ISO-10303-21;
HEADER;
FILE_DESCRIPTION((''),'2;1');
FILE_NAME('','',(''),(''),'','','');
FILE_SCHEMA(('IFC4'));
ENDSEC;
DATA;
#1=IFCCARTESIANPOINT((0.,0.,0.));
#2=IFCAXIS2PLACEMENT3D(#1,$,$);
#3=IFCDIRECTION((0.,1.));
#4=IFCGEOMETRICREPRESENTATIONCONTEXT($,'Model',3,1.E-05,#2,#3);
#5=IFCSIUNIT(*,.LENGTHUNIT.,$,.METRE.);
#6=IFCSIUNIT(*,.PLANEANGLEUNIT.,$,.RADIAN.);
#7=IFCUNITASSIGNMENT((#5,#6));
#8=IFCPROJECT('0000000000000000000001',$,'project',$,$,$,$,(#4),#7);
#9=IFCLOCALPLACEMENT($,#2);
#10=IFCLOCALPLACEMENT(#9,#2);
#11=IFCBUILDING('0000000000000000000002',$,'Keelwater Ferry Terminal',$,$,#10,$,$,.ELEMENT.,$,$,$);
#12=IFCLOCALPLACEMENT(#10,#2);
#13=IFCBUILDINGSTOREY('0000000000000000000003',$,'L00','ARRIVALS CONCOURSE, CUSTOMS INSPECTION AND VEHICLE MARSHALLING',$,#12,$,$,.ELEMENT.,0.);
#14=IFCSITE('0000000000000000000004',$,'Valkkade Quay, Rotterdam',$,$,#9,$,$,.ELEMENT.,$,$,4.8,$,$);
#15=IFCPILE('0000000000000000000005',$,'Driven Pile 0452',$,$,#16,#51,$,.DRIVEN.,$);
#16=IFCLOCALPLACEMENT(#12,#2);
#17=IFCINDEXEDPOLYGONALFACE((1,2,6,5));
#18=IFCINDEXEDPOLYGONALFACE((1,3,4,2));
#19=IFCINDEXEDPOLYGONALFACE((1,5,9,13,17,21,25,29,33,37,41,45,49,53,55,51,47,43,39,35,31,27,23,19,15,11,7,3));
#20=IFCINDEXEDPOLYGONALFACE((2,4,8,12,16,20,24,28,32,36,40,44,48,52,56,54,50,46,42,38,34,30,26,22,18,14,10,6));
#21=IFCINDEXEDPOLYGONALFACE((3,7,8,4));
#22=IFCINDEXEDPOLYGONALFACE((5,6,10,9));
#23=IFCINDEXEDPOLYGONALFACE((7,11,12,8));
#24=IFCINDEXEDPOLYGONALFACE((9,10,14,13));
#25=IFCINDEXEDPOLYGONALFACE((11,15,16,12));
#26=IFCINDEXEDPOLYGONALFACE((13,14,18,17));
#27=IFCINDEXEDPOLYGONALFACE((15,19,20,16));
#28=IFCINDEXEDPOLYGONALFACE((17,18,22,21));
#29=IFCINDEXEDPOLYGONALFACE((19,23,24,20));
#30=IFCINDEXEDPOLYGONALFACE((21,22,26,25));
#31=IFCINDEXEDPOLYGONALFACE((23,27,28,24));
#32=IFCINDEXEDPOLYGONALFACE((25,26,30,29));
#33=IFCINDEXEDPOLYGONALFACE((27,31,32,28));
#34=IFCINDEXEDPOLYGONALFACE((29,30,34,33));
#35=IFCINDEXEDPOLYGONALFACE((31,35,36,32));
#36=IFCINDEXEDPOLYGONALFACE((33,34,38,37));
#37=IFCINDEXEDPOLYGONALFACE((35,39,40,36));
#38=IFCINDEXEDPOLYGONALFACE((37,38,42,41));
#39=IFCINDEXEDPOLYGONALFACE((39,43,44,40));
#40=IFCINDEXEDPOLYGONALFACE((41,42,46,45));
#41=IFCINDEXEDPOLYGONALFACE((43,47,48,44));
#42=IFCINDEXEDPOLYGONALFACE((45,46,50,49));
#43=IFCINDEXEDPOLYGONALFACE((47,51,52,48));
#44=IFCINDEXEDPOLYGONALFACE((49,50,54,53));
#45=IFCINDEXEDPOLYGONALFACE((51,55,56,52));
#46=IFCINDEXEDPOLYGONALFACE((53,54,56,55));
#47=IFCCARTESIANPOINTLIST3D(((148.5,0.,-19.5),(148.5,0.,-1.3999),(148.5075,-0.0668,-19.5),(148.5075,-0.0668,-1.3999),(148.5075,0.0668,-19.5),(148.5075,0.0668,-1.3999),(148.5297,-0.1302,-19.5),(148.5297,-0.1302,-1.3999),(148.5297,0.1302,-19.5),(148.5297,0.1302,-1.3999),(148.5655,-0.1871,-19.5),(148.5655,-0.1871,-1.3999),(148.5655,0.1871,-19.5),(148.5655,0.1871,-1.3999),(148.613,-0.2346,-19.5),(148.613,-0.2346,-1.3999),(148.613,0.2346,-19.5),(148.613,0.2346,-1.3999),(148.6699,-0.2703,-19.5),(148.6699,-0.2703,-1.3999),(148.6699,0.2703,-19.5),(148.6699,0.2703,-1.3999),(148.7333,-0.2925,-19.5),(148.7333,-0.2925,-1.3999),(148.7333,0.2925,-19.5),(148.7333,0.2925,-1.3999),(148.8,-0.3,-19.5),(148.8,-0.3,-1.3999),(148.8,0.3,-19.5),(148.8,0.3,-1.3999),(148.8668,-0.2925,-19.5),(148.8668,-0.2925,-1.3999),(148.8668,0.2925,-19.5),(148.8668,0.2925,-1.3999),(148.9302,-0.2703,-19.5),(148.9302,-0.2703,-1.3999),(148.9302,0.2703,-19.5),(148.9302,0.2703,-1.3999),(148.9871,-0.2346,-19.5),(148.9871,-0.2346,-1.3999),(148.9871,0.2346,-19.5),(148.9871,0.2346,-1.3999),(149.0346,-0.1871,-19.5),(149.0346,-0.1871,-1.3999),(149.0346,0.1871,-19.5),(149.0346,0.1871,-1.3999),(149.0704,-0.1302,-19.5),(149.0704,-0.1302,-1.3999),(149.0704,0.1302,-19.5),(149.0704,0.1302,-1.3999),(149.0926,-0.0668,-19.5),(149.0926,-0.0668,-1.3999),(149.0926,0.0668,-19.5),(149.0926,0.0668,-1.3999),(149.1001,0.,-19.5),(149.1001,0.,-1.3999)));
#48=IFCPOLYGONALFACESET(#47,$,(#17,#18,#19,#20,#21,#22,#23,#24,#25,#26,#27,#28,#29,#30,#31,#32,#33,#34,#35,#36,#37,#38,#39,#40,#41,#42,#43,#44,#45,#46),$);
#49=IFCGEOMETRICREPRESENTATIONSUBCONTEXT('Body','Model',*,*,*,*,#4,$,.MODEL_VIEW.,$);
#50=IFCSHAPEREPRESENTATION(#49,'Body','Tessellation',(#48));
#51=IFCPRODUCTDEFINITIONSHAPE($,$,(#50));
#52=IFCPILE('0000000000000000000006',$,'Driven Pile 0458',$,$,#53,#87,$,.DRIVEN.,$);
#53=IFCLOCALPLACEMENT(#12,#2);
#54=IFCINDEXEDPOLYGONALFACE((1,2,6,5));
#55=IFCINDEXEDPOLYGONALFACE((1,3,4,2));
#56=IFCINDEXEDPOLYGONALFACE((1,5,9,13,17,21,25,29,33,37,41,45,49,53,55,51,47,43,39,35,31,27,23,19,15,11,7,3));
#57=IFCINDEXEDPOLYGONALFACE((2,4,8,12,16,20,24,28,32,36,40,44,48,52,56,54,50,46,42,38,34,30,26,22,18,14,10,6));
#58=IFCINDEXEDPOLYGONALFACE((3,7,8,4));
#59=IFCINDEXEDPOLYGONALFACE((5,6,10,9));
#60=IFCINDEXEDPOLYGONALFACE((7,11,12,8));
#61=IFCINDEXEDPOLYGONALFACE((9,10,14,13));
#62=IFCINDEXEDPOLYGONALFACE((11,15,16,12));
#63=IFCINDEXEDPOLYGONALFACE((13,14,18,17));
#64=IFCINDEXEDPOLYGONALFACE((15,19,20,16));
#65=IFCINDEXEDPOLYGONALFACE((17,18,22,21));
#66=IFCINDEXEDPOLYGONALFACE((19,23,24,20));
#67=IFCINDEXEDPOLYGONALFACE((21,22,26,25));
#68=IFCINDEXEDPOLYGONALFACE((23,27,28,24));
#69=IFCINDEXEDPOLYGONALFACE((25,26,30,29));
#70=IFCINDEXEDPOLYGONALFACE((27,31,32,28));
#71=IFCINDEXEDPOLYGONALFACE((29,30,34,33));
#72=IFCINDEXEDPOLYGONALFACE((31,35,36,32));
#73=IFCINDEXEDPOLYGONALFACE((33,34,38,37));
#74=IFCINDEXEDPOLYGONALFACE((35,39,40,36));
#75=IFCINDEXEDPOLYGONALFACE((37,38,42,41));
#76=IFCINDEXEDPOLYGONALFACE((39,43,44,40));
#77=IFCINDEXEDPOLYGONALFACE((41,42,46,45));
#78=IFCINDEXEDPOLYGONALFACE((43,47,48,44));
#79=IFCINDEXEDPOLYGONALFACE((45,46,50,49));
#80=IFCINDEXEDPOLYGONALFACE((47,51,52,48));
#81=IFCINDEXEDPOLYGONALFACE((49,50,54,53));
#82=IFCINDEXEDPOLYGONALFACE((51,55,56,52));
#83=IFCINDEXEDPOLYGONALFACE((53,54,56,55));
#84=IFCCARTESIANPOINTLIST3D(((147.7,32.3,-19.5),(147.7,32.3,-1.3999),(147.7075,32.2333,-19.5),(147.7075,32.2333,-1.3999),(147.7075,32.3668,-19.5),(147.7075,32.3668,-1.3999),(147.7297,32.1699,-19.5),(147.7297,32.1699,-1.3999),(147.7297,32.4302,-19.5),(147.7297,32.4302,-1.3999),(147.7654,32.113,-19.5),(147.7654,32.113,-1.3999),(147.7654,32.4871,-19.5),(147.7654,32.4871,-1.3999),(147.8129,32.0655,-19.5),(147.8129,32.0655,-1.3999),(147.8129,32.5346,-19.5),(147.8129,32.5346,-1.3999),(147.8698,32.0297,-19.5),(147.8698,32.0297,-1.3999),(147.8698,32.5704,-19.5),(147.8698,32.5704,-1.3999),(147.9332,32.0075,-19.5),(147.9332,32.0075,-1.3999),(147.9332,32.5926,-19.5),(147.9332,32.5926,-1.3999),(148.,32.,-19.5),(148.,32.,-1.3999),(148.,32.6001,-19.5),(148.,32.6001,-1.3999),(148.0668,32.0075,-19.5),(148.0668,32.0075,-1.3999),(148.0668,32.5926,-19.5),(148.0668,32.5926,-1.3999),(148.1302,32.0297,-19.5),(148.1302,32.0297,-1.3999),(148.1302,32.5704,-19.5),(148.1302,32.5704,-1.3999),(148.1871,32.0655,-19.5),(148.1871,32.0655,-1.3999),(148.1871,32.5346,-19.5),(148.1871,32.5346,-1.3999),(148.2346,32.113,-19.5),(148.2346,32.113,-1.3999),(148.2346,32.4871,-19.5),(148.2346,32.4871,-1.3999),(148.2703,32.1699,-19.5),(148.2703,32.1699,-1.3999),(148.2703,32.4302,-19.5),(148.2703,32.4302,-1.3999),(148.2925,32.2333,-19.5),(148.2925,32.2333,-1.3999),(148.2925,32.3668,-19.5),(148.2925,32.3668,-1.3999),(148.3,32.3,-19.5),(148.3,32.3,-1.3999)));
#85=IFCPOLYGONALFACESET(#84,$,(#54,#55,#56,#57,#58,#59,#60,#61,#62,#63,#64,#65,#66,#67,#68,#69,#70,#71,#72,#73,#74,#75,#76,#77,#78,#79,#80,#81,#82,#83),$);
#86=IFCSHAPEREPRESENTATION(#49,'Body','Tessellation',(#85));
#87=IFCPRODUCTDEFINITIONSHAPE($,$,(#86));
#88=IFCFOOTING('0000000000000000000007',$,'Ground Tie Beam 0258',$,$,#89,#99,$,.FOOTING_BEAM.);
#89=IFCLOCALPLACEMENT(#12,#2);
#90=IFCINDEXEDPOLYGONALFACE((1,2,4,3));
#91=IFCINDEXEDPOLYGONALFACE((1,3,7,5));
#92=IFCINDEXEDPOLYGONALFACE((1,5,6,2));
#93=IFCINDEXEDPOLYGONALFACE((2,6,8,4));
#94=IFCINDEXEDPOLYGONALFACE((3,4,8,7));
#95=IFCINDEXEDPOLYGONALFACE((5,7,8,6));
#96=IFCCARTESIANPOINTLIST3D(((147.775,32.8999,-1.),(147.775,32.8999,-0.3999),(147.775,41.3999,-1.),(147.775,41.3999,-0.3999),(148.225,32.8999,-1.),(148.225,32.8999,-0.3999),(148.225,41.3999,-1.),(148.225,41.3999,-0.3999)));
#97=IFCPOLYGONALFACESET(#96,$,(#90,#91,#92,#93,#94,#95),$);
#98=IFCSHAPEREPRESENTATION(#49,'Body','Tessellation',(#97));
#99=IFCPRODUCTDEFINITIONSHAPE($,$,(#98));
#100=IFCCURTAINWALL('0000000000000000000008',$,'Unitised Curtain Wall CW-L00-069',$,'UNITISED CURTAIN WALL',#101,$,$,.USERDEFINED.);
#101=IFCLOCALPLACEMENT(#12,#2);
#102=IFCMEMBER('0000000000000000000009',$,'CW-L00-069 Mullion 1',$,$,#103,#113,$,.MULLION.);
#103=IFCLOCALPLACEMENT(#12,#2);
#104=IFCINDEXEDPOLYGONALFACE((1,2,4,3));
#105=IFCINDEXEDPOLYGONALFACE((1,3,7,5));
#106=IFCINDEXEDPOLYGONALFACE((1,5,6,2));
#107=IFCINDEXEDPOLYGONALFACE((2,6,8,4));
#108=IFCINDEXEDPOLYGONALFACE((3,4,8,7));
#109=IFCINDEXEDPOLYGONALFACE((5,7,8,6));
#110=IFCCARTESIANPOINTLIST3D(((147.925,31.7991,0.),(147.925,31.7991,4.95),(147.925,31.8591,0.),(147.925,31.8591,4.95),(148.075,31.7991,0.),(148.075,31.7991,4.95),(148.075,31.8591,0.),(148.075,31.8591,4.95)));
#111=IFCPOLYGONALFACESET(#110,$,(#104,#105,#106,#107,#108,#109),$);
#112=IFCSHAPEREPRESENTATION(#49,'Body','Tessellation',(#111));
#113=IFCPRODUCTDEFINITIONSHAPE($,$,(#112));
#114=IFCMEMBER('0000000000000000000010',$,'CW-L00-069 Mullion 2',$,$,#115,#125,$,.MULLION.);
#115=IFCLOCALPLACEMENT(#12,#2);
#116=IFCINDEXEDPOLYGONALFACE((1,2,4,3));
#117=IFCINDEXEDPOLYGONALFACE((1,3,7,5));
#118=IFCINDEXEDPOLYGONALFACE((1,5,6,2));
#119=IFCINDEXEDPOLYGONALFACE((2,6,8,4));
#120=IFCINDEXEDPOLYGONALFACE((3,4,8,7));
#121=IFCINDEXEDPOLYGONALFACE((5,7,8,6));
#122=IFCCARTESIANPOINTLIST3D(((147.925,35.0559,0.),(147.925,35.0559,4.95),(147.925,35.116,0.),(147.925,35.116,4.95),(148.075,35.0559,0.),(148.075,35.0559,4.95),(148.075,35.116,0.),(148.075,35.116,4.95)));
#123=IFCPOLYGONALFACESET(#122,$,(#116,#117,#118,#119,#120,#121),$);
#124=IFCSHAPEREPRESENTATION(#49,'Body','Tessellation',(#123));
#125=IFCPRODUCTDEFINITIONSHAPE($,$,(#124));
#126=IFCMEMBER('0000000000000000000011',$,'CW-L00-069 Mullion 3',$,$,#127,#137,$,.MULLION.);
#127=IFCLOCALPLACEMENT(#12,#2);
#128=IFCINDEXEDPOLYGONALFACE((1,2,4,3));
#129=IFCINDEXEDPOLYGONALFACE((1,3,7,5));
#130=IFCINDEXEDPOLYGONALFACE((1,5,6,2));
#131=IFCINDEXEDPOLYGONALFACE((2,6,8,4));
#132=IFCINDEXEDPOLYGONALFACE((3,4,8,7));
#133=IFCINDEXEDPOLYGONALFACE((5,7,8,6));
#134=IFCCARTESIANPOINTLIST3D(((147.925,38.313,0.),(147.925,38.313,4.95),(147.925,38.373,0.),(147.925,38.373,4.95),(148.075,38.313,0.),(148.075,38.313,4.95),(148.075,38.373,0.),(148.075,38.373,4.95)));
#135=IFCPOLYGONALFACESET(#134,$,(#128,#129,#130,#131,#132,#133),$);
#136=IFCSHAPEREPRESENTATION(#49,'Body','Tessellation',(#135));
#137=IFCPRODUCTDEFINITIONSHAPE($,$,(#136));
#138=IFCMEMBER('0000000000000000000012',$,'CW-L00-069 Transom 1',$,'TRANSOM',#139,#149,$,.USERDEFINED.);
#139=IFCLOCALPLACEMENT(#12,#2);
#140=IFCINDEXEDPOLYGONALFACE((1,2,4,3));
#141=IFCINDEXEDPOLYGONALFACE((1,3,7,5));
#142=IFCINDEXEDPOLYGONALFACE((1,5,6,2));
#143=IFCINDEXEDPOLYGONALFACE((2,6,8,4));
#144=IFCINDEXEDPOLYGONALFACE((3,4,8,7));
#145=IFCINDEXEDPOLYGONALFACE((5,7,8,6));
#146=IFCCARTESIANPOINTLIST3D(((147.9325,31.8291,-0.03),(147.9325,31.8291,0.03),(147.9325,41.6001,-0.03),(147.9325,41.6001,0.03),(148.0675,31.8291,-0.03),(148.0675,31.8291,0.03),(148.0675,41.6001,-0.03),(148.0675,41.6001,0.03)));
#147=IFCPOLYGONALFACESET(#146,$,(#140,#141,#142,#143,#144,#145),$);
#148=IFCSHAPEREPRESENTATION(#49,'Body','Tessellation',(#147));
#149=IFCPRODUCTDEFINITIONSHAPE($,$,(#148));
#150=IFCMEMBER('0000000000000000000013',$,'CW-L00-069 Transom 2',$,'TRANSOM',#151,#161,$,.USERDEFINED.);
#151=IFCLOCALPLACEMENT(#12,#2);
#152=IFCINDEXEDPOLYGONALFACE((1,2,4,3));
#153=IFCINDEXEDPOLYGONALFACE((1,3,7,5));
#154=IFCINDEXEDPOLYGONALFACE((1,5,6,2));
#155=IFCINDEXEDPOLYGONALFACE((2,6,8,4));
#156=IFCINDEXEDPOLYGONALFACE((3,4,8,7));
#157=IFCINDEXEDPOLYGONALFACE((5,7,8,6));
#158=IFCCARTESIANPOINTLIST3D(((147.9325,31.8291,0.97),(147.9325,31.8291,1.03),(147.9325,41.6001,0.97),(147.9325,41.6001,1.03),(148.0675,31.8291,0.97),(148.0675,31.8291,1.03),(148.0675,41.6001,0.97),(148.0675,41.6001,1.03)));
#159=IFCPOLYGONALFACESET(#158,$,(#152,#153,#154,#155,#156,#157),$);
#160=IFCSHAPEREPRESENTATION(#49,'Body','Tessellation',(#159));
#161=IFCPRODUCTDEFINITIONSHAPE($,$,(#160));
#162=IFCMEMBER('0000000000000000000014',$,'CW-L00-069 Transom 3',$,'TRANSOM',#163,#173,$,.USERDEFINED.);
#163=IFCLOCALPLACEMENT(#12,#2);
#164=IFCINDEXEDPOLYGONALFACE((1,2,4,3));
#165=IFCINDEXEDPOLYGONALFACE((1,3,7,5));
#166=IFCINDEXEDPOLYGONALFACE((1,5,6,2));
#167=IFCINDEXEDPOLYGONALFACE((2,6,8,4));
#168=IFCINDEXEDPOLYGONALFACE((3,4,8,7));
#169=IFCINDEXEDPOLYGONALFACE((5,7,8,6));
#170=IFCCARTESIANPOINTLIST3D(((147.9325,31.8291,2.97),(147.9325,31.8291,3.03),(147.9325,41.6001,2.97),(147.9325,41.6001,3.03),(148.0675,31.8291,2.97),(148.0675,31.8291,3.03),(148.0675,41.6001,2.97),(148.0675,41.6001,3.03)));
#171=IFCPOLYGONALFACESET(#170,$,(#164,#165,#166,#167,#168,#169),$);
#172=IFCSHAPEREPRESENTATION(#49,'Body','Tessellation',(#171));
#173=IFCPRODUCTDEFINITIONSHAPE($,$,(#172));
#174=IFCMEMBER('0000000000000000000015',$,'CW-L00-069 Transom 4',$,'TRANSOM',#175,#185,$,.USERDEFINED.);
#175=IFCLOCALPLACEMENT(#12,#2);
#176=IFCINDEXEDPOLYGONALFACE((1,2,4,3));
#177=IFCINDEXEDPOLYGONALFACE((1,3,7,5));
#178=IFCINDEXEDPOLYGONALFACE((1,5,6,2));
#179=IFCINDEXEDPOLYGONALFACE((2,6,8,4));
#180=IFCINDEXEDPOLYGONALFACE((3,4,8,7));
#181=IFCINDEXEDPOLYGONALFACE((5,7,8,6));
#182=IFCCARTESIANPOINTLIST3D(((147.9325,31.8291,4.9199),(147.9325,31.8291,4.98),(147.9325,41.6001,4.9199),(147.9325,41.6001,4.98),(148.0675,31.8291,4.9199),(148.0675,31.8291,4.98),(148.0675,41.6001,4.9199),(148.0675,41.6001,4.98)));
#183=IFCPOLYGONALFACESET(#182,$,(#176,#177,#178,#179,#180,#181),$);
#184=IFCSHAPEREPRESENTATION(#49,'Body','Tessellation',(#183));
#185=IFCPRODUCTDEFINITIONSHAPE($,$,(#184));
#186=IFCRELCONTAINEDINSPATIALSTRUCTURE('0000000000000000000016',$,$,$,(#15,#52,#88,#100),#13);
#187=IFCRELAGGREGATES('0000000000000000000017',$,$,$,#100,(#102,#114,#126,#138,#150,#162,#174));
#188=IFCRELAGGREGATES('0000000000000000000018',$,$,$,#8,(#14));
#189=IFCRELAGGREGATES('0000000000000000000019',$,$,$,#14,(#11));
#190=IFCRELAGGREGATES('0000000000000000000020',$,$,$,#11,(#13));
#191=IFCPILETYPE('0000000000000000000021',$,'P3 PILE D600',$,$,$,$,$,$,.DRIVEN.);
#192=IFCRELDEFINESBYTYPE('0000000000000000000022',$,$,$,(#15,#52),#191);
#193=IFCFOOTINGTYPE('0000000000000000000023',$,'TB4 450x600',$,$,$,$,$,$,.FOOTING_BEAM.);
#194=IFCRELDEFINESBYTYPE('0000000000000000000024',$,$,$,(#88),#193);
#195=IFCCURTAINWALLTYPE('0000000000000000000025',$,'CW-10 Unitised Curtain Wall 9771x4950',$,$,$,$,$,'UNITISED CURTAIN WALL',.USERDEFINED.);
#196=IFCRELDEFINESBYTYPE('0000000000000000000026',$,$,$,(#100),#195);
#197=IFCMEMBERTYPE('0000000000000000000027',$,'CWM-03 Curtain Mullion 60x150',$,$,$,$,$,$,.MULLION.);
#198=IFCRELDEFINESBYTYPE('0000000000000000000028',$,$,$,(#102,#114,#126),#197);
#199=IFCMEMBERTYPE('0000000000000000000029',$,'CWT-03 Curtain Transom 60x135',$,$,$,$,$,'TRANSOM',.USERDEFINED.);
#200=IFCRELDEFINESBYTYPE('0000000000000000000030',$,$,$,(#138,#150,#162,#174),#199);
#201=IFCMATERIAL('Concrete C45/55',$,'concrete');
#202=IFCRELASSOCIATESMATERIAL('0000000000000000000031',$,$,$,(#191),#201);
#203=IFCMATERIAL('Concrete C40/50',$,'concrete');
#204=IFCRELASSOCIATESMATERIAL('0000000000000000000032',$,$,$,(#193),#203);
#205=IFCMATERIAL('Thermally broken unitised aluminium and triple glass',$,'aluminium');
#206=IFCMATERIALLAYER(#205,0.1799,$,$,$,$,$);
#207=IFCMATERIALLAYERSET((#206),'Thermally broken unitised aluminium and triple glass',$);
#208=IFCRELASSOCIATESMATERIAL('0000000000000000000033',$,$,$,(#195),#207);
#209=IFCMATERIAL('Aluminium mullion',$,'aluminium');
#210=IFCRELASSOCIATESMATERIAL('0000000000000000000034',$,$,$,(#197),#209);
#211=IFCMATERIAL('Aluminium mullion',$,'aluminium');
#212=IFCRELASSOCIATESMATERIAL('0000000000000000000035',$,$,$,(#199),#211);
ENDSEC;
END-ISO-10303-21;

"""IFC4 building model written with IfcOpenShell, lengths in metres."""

from ifc_helpers import new_model, si_unit, direction, frame, origin, origin_2d, place, context, subcontext, project, spatial, rectangle, circle, extrude, material, layer, layer_set, material_profile, profile_set, type_object, element, aggregate, save


model = new_model("IFC4")

# Units and contexts
model_context = context("Model", 3, precision=1e-05, world=origin(), true_north=direction((0.0, 1.0)))
body_context = subcontext(model_context, "Body", "Model", "MODEL_VIEW")
ifc_project = project(units=[si_unit("LENGTHUNIT", "METRE"), si_unit("PLANEANGLEUNIT", "RADIAN")], contexts=[model_context])

# Site, building, storey
site_placement = place(None, origin())
site = spatial("IfcSite", under=ifc_project, at=site_placement, Name="Valkkade Quay, Rotterdam", CompositionType="ELEMENT", RefElevation=4.8)
building_placement = place(site_placement, origin())
building = spatial("IfcBuilding", under=site, at=building_placement, Name="Keelwater Ferry Terminal", CompositionType="ELEMENT")
storey_placement = place(building_placement, origin())
storey = spatial("IfcBuildingStorey", under=building, at=storey_placement, Name="L00", Description="ARRIVALS CONCOURSE, CUSTOMS INSPECTION AND VEHICLE MARSHALLING", CompositionType="ELEMENT", Elevation=0.0)

# Piles
ifc_material_1 = material(Name="Concrete C45/55", Category="concrete")
ifc_material_profile_1 = material_profile(ifc_material_1, circle(Radius=0.3, at=origin_2d()), Name="PILE D600")
ifc_profile_set_1 = profile_set([ifc_material_profile_1], Name="Concrete C45/55")
pile_type = type_object("IfcPileType", Name="P3 PILE D600", PredefinedType="DRIVEN", material=ifc_profile_set_1)
for number, where, z_axis, x_axis, name in (
    (1, (148.8, 0.0, -1.3999), (0.0, 0.0, -1.0), (1.0, 0.0, 0.0), "Driven Pile 0452"),
    (2, (148.0, 32.3, -1.3999), (0.0, 0.0, -1.0), (1.0, 0.0, 0.0), "Driven Pile 0458"),
):
    element("IfcPile", number, at=place(storey_placement, frame(where, z_axis=z_axis, x_axis=x_axis)), inside=storey, type_object=pile_type, Name=name, PredefinedType="DRIVEN", context=body_context, shape_type="SweptSolid", body=[
        extrude(circle(Radius=0.3, at=origin_2d()), origin(), (0.0, 0.0, 1.0), 18.1001),
    ])

# Footing
ifc_material_2 = material(Name="Concrete C40/50", Category="concrete")
ifc_material_profile_2 = material_profile(ifc_material_2, rectangle(XDim=0.45, YDim=0.6001, at=origin_2d()), Name="TB 450x600")
ifc_profile_set_2 = profile_set([ifc_material_profile_2], Name="Concrete C40/50")
footing_type = type_object("IfcFootingType", Name="TB4 450x600", PredefinedType="FOOTING_BEAM", material=ifc_profile_set_2)
footing_placement = place(storey_placement, frame((148.0, 32.8999, -0.7), z_axis=(0.0, 1.0, 0.0), x_axis=(-1.0, 0.0, 0.0)))
element("IfcFooting", 3, at=footing_placement, inside=storey, type_object=footing_type, Name="Ground Tie Beam 0258", PredefinedType="FOOTING_BEAM", context=body_context, shape_type="SweptSolid", body=[
    extrude(rectangle(XDim=0.45, YDim=0.6001, at=origin_2d()), origin(), (0.0, 0.0, 1.0), 8.5),
])

# Curtain wall, members
ifc_material_3 = material(Name="Thermally broken unitised aluminium and triple glass", Category="aluminium")
ifc_layer_1 = layer(ifc_material_3, 0.1799)
ifc_layer_set_1 = layer_set([ifc_layer_1], Name="Thermally broken unitised aluminium and triple glass")
curtain_wall_type = type_object("IfcCurtainWallType", Name="CW-10 Unitised Curtain Wall 9771x4950", ElementType="UNITISED CURTAIN WALL", PredefinedType="USERDEFINED", material=ifc_layer_set_1)
curtain_wall_placement = place(storey_placement, origin())
curtain_wall = element("IfcCurtainWall", 4, at=curtain_wall_placement, inside=storey, type_object=curtain_wall_type, Name="Unitised Curtain Wall CW-L00-069", ObjectType="UNITISED CURTAIN WALL", PredefinedType="USERDEFINED")
ifc_material_4 = material(Name="Aluminium mullion", Category="aluminium")
ifc_material_profile_3 = material_profile(ifc_material_4, rectangle(XDim=0.0601, YDim=0.1499, at=origin_2d()), Name="CWM-03")
ifc_profile_set_3 = profile_set([ifc_material_profile_3], Name="Aluminium mullion")
member_type_1 = type_object("IfcMemberType", Name="CWM-03 Curtain Mullion 60x150", PredefinedType="MULLION", material=ifc_profile_set_3)
member_1_placement = place(storey_placement, frame((148.0, 31.8291, 0.0), z_axis=(0.0, 0.0, 1.0), x_axis=(0.0, 1.0, 0.0)))
member_1 = element("IfcMember", 5, at=member_1_placement, type_object=member_type_1, Name="CW-L00-069 Mullion 1", PredefinedType="MULLION", context=body_context, shape_type="SweptSolid", body=[
    extrude(rectangle(XDim=0.0601, YDim=0.1499, at=origin_2d()), origin(), (0.0, 0.0, 1.0), 4.95),
])
member_2_placement = place(storey_placement, frame((148.0, 35.0859, 0.0), z_axis=(0.0, 0.0, 1.0), x_axis=(0.0, 1.0, 0.0)))
member_2 = element("IfcMember", 6, at=member_2_placement, type_object=member_type_1, Name="CW-L00-069 Mullion 2", PredefinedType="MULLION", context=body_context, shape_type="SweptSolid", body=[
    extrude(rectangle(XDim=0.0601, YDim=0.1499, at=origin_2d()), origin(), (0.0, 0.0, 1.0), 4.95),
])
member_3_placement = place(storey_placement, frame((148.0, 38.343, 0.0), z_axis=(0.0, 0.0, 1.0), x_axis=(0.0, 1.0, 0.0)))
member_3 = element("IfcMember", 7, at=member_3_placement, type_object=member_type_1, Name="CW-L00-069 Mullion 3", PredefinedType="MULLION", context=body_context, shape_type="SweptSolid", body=[
    extrude(rectangle(XDim=0.0601, YDim=0.1499, at=origin_2d()), origin(), (0.0, 0.0, 1.0), 4.95),
])
ifc_material_5 = material(Name="Aluminium mullion", Category="aluminium")
ifc_material_profile_4 = material_profile(ifc_material_5, rectangle(XDim=0.135, YDim=0.0601, at=origin_2d()), Name="CWT-03")
ifc_profile_set_4 = profile_set([ifc_material_profile_4], Name="Aluminium mullion")
member_type_2 = type_object("IfcMemberType", Name="CWT-03 Curtain Transom 60x135", ElementType="TRANSOM", PredefinedType="USERDEFINED", material=ifc_profile_set_4)
member_4_placement = place(storey_placement, frame((148.0, 31.8291, 0.0), z_axis=(0.0, 1.0, 0.0), x_axis=(-1.0, 0.0, 0.0)))
member_4 = element("IfcMember", 8, at=member_4_placement, type_object=member_type_2, Name="CW-L00-069 Transom 1", ObjectType="TRANSOM", PredefinedType="USERDEFINED", context=body_context, shape_type="SweptSolid", body=[
    extrude(rectangle(XDim=0.135, YDim=0.0601, at=origin_2d()), origin(), (0.0, 0.0, 1.0), 9.771),
])
member_5_placement = place(storey_placement, frame((148.0, 31.8291, 1.0), z_axis=(0.0, 1.0, 0.0), x_axis=(-1.0, 0.0, 0.0)))
member_5 = element("IfcMember", 9, at=member_5_placement, type_object=member_type_2, Name="CW-L00-069 Transom 2", ObjectType="TRANSOM", PredefinedType="USERDEFINED", context=body_context, shape_type="SweptSolid", body=[
    extrude(rectangle(XDim=0.135, YDim=0.0601, at=origin_2d()), origin(), (0.0, 0.0, 1.0), 9.771),
])
member_6_placement = place(storey_placement, frame((148.0, 31.8291, 3.0), z_axis=(0.0, 1.0, 0.0), x_axis=(-1.0, 0.0, 0.0)))
member_6 = element("IfcMember", 10, at=member_6_placement, type_object=member_type_2, Name="CW-L00-069 Transom 3", ObjectType="TRANSOM", PredefinedType="USERDEFINED", context=body_context, shape_type="SweptSolid", body=[
    extrude(rectangle(XDim=0.135, YDim=0.0601, at=origin_2d()), origin(), (0.0, 0.0, 1.0), 9.771),
])
member_7_placement = place(storey_placement, frame((148.0, 31.8291, 4.95), z_axis=(0.0, 1.0, 0.0), x_axis=(-1.0, 0.0, 0.0)))
member_7 = element("IfcMember", 11, at=member_7_placement, type_object=member_type_2, Name="CW-L00-069 Transom 4", ObjectType="TRANSOM", PredefinedType="USERDEFINED", context=body_context, shape_type="SweptSolid", body=[
    extrude(rectangle(XDim=0.135, YDim=0.0601, at=origin_2d()), origin(), (0.0, 0.0, 1.0), 9.771),
])

aggregate(curtain_wall, [member_1, member_2, member_3, member_4, member_5, member_6, member_7])

save(model, "model.ifc")
